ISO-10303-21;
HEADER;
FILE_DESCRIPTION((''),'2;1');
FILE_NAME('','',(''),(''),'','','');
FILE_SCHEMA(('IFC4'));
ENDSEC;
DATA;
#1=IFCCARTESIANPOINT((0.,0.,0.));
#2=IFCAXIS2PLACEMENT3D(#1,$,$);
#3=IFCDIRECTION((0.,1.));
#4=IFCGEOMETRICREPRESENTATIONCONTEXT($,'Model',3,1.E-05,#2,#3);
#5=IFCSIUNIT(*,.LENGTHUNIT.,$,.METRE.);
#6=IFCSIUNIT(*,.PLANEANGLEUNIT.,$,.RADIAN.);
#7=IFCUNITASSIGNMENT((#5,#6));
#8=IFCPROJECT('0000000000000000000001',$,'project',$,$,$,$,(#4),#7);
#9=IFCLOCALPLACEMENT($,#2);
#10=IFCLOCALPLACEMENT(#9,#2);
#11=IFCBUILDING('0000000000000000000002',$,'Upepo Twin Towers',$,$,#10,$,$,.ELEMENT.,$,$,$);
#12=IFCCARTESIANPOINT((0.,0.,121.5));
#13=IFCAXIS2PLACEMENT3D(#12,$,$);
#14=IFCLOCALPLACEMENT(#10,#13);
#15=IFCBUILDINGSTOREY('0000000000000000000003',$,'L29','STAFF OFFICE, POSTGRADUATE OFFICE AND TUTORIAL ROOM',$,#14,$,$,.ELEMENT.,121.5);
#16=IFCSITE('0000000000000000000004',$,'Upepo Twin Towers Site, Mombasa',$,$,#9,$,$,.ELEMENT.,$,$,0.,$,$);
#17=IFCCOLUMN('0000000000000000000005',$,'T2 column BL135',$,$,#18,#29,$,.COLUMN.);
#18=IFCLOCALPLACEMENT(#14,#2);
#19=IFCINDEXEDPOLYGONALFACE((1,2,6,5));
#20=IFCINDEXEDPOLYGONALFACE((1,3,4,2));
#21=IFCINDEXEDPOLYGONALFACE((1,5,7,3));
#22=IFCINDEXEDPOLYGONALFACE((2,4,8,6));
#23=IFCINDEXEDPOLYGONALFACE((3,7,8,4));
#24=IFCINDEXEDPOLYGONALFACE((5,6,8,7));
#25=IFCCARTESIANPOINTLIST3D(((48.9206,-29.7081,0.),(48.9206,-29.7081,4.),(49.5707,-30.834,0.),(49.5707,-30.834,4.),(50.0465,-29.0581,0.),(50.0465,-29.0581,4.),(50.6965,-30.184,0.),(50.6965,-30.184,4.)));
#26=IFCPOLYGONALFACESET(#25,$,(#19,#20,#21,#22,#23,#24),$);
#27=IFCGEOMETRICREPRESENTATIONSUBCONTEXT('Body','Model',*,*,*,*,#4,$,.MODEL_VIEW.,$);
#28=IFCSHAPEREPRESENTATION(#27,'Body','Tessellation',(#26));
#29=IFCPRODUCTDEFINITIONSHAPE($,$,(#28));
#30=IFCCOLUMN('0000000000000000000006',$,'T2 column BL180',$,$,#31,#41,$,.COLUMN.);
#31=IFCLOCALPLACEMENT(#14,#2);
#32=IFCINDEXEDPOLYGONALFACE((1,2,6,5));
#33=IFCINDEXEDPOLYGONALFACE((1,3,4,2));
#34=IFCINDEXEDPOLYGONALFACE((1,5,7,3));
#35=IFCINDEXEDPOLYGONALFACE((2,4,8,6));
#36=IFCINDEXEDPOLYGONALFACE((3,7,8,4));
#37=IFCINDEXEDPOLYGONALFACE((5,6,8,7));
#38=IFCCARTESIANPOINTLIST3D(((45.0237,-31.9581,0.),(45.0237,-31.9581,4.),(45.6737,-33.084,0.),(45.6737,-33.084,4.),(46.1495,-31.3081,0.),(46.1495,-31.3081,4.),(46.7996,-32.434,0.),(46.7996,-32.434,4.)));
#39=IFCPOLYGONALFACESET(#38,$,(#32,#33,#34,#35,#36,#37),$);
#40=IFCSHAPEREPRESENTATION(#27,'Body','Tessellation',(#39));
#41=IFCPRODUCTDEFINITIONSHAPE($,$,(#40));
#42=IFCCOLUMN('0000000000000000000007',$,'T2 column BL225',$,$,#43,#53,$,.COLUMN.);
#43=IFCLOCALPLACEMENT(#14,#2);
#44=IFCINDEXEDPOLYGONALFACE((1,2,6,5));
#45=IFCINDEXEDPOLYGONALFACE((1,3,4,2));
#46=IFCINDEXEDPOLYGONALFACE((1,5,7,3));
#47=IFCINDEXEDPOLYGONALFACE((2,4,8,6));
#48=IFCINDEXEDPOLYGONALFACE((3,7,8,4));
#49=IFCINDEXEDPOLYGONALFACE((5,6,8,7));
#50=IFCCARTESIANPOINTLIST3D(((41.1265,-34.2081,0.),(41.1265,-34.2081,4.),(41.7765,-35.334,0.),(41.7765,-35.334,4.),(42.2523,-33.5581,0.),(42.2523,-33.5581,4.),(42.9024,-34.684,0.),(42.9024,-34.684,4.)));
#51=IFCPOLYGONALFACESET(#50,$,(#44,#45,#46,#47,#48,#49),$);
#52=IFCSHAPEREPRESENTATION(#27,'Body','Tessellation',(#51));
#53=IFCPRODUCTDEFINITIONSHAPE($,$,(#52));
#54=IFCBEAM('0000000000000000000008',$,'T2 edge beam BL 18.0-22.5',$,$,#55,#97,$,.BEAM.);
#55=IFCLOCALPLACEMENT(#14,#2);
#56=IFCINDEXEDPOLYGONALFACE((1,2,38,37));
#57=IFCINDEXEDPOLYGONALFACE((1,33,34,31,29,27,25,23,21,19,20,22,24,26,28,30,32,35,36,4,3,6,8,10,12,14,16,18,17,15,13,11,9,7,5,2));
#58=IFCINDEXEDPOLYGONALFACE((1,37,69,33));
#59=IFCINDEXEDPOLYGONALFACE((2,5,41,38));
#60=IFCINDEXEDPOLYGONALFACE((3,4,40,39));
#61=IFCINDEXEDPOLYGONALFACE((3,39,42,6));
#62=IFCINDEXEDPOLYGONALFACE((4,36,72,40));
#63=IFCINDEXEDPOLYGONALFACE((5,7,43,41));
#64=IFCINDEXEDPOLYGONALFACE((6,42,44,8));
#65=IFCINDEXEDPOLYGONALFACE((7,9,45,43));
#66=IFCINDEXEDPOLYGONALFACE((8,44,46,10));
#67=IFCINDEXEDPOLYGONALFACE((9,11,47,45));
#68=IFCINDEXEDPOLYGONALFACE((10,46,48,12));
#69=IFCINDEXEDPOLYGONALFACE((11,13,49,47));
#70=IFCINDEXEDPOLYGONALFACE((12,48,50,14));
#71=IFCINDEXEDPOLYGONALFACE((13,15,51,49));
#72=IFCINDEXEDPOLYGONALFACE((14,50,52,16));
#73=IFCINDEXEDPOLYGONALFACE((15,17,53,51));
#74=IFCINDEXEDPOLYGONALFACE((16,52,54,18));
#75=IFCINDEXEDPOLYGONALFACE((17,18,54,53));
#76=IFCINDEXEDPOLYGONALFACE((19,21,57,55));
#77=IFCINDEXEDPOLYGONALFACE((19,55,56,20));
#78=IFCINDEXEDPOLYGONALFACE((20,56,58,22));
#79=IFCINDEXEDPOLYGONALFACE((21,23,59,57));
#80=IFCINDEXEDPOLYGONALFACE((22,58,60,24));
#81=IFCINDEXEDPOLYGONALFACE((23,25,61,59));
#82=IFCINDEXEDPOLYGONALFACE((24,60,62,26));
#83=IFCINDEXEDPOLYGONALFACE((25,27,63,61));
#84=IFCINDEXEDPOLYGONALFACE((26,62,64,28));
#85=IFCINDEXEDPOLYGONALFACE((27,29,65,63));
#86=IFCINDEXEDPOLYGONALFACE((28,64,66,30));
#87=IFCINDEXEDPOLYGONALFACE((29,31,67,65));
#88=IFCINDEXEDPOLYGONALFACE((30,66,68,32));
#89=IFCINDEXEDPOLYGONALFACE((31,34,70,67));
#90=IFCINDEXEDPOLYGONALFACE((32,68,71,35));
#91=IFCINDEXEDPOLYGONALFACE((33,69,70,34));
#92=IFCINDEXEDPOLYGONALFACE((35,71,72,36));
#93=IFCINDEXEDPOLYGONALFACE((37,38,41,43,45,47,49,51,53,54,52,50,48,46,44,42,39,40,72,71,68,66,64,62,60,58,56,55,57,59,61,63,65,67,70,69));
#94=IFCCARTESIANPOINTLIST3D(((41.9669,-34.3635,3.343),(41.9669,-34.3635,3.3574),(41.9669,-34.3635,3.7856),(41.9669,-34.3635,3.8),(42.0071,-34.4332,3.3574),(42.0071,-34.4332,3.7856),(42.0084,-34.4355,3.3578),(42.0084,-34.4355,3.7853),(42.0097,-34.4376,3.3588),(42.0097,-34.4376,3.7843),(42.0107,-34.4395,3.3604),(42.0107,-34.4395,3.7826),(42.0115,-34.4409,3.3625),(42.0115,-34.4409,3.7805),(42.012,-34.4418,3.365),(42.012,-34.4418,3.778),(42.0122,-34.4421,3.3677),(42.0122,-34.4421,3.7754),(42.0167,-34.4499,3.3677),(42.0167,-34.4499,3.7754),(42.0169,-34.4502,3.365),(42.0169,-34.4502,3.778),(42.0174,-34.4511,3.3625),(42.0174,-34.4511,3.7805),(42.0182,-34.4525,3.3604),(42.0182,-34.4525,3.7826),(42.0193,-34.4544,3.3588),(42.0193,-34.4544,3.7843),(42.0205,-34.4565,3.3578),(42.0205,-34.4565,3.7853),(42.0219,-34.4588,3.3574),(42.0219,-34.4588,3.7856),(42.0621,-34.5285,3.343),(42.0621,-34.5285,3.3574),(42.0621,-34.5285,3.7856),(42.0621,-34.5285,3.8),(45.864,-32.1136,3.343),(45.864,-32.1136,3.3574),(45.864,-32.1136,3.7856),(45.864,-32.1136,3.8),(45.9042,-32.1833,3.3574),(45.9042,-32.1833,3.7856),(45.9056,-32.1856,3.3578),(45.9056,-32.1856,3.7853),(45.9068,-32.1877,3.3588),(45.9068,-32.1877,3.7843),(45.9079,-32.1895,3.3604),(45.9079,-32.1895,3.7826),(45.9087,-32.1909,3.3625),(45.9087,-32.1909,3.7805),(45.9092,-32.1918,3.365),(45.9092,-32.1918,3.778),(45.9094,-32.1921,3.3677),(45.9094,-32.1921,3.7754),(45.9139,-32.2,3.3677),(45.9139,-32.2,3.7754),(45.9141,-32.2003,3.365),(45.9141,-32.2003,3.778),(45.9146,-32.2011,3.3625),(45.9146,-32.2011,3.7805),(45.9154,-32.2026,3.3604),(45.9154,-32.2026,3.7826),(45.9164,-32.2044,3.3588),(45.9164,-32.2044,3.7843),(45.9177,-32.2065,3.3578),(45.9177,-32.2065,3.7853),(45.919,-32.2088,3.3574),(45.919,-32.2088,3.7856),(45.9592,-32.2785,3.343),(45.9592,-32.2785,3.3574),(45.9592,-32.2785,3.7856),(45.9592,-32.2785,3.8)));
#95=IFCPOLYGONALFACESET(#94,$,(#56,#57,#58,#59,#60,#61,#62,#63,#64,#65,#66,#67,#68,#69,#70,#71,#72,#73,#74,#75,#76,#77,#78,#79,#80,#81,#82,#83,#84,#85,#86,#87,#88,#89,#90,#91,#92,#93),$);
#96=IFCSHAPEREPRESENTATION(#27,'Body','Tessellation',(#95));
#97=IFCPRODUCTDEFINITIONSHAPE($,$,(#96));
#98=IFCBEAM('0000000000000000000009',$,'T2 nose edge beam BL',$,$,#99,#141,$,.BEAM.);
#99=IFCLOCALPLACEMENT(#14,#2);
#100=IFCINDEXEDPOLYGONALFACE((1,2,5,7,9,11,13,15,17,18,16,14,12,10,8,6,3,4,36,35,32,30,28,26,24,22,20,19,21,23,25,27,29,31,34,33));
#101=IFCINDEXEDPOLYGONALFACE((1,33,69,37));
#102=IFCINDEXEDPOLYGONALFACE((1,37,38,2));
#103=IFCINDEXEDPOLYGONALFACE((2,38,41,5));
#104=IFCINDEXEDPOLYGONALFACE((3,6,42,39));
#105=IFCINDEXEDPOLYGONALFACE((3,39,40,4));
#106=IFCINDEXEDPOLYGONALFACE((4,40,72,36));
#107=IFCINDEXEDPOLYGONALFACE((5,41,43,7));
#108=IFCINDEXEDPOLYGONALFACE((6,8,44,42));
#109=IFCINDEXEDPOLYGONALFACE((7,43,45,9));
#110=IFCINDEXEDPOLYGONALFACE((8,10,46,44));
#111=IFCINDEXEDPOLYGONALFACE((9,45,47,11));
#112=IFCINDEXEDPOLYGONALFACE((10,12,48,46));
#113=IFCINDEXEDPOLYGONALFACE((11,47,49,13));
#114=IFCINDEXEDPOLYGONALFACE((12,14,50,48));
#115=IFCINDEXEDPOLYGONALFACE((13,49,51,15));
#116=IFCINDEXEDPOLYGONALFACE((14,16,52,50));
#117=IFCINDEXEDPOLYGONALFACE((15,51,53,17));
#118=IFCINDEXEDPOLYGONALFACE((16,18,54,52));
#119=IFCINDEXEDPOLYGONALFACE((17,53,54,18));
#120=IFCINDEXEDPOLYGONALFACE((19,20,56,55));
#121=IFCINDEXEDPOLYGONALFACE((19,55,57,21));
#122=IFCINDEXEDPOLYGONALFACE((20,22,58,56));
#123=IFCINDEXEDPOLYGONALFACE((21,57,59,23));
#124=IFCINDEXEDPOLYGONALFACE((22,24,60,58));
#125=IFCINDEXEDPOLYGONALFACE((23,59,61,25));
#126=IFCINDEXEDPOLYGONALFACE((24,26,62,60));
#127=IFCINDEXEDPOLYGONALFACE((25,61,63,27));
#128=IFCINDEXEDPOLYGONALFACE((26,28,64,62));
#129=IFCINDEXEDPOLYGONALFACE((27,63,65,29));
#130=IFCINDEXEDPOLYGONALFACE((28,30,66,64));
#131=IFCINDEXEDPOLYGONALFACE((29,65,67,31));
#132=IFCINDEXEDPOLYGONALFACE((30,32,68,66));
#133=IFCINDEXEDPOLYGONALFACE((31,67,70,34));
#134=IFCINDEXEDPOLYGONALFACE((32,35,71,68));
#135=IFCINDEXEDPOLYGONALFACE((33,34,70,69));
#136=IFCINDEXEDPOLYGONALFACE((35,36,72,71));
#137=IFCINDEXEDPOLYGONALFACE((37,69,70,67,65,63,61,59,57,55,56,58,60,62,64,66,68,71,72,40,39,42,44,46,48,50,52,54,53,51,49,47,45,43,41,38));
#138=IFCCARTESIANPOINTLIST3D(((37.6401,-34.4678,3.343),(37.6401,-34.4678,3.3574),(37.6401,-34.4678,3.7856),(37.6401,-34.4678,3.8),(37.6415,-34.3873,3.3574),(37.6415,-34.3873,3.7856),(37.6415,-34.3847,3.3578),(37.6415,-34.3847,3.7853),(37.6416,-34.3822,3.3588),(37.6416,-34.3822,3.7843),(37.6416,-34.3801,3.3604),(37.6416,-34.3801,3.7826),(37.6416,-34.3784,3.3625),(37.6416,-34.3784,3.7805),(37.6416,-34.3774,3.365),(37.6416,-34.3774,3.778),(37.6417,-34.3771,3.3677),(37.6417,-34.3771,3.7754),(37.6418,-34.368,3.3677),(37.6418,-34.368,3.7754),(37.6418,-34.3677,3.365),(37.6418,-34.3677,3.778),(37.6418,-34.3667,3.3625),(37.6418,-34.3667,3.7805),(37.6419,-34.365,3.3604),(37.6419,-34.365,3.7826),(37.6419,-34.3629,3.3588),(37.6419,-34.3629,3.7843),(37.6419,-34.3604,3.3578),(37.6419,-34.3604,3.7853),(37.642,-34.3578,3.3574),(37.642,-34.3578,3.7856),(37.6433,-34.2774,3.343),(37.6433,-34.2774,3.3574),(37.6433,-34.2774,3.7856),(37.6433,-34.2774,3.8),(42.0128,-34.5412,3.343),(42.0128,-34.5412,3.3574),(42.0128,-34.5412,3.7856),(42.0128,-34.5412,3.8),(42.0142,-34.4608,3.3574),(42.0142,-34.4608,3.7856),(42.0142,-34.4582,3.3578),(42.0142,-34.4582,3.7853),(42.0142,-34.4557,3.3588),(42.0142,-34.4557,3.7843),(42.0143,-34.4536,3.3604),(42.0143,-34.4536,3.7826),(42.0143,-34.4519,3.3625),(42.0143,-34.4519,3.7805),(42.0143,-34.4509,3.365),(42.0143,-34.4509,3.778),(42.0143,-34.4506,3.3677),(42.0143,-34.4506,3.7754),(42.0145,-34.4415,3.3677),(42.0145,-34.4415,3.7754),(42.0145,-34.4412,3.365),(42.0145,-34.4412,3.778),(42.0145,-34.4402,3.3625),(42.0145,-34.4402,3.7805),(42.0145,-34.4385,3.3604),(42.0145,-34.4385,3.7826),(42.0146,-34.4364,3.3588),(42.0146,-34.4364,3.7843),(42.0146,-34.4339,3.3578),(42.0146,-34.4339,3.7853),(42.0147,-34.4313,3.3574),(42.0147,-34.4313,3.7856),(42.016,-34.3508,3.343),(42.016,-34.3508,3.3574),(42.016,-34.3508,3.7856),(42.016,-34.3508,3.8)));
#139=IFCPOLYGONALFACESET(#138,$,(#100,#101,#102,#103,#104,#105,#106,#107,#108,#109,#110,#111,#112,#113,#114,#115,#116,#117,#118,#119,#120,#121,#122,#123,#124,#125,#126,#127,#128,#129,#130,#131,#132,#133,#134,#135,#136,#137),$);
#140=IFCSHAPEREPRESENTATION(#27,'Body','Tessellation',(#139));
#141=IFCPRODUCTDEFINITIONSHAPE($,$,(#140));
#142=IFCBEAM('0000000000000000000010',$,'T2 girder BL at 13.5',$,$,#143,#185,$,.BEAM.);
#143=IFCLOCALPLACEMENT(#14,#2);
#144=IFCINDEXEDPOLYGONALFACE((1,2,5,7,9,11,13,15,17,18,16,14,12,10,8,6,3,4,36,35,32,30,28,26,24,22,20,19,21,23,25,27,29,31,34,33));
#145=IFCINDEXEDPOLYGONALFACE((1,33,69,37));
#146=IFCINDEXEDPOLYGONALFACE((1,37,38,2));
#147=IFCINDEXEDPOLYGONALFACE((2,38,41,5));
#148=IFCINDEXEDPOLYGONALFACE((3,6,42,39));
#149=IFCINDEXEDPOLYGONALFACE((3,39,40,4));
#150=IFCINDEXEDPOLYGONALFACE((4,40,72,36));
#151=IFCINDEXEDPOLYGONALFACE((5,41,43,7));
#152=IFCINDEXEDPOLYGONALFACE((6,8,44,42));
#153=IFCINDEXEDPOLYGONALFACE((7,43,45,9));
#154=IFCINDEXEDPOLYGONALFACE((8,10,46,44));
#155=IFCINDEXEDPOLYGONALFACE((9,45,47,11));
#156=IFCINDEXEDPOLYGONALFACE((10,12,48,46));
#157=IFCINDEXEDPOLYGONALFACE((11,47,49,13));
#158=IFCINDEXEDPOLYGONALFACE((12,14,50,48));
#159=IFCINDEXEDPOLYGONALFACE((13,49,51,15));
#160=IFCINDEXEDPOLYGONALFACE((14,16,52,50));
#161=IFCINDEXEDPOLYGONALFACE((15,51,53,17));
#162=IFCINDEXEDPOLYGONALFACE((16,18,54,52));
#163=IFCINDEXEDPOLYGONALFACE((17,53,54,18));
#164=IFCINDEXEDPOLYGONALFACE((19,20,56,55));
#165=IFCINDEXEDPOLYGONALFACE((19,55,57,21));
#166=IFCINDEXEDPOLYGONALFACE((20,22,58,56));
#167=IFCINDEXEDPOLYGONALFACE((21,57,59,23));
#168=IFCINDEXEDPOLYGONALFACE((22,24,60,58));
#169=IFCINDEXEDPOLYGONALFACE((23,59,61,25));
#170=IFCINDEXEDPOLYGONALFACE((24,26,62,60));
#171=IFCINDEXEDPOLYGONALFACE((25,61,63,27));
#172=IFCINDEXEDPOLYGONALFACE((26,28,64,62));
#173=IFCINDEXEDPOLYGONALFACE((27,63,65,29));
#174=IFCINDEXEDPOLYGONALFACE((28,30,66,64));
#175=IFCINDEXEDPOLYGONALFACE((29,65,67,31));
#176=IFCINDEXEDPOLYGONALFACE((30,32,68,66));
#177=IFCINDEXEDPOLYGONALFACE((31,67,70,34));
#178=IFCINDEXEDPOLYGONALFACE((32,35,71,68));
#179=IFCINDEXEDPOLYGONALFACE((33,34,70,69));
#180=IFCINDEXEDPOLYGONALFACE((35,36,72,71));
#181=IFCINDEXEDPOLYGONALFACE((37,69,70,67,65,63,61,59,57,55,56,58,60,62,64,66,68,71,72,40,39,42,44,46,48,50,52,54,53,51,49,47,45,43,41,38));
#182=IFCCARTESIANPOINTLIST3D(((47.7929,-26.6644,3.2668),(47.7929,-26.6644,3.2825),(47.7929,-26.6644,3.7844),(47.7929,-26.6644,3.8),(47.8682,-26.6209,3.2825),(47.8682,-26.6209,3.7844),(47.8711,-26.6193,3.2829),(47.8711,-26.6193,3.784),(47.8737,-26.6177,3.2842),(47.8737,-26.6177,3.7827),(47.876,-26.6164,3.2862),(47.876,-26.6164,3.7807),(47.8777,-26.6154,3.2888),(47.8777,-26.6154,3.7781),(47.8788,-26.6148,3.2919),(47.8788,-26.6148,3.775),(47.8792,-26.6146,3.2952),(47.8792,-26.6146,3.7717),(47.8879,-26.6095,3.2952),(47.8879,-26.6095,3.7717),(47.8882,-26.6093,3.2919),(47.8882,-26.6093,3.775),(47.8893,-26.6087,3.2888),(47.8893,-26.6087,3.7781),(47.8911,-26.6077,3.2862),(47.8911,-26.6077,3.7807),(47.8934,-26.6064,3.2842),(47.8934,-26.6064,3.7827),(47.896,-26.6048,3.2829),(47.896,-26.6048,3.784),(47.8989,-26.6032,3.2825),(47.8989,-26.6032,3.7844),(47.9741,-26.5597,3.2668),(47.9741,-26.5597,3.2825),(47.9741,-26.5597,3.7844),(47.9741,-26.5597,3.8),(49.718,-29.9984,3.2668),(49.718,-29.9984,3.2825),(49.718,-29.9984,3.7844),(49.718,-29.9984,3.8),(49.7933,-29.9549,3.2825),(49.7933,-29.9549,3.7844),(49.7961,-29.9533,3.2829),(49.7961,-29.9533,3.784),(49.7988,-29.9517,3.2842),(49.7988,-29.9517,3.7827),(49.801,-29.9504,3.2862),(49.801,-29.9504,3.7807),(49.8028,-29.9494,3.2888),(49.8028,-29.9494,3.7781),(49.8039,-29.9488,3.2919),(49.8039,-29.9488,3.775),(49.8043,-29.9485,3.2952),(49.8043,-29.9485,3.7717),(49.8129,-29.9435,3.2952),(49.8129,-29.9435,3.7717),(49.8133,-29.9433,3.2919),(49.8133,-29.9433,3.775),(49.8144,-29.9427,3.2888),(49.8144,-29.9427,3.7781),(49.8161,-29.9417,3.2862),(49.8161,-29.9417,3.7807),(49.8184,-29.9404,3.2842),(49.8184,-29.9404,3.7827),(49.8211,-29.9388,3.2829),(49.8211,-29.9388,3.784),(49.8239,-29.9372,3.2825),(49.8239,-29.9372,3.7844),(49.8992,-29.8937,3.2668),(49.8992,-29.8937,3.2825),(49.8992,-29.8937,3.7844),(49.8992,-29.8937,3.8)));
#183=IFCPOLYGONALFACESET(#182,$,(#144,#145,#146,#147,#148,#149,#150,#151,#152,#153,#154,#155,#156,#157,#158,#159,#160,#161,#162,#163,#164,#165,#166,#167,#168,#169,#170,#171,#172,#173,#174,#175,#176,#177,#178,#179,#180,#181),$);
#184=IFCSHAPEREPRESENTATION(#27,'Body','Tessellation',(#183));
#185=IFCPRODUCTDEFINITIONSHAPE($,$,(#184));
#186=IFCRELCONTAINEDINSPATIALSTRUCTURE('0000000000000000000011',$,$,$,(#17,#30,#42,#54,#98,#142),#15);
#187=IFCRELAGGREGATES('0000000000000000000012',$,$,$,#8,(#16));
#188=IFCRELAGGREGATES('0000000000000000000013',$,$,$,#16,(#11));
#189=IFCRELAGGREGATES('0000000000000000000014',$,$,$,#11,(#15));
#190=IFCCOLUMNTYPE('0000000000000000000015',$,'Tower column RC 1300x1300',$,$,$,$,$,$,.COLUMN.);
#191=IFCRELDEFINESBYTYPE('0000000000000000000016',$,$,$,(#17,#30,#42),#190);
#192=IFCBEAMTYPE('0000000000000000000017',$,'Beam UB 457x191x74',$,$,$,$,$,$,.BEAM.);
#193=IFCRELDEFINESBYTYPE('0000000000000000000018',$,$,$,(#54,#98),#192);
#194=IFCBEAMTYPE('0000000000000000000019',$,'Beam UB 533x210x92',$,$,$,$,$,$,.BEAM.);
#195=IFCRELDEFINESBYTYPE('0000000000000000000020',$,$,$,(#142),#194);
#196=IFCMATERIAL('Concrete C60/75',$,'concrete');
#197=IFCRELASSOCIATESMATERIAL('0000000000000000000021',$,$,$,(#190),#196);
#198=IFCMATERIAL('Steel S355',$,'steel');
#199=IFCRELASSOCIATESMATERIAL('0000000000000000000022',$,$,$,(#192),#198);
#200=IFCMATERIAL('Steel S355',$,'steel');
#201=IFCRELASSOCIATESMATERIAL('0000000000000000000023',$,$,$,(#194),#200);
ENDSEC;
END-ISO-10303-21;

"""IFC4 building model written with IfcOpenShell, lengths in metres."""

from ifc_helpers import new_model, si_unit, direction, frame, origin, origin_2d, place, context, subcontext, project, spatial, rectangle, i_section, extrude, material, material_profile, profile_set, type_object, element, save


model = new_model("IFC4")

# Units and contexts
model_context = context("Model", 3, precision=1e-05, world=origin(), true_north=direction((0.0, 1.0)))
body_context = subcontext(model_context, "Body", "Model", "MODEL_VIEW")
ifc_project = project(units=[si_unit("LENGTHUNIT", "METRE"), si_unit("PLANEANGLEUNIT", "RADIAN")], contexts=[model_context])

# Site, building, storey
site_placement = place(None, origin())
site = spatial("IfcSite", under=ifc_project, at=site_placement, Name="Upepo Twin Towers Site, Mombasa", CompositionType="ELEMENT", RefElevation=0.0)
building_placement = place(site_placement, origin())
building = spatial("IfcBuilding", under=site, at=building_placement, Name="Upepo Twin Towers", CompositionType="ELEMENT")
storey_placement = place(building_placement, frame((0.0, 0.0, 121.5)))
storey = spatial("IfcBuildingStorey", under=building, at=storey_placement, Name="L29", Description="STAFF OFFICE, POSTGRADUATE OFFICE AND TUTORIAL ROOM", CompositionType="ELEMENT", Elevation=121.5)

# Columns
ifc_material_1 = material(Name="Concrete C60/75", Category="concrete")
ifc_material_profile_1 = material_profile(ifc_material_1, rectangle(XDim=1.3, YDim=1.3, at=origin_2d()), Name="RC 1300x1300")
ifc_profile_set_1 = profile_set([ifc_material_profile_1], Name="Concrete C60/75")
column_type = type_object("IfcColumnType", Name="Tower column RC 1300x1300", PredefinedType="COLUMN", material=ifc_profile_set_1)
for number, where, z_axis, x_axis, name in (
    (1, (49.8086, -29.946, 0.0), (0.0, 0.0, 1.0), (0.866025, 0.5, 0.0), "T2 column BL135"),
    (2, (45.9116, -32.196, 0.0), (0.0, 0.0, 1.0), (0.866025, 0.5, 0.0), "T2 column BL180"),
    (3, (42.0144, -34.446, 0.0), (0.0, 0.0, 1.0), (0.866025, 0.5, 0.0), "T2 column BL225"),
):
    element("IfcColumn", number, at=place(storey_placement, frame(where, z_axis=z_axis, x_axis=x_axis)), inside=storey, type_object=column_type, Name=name, PredefinedType="COLUMN", context=body_context, shape_type="SweptSolid", body=[
        extrude(rectangle(XDim=1.3, YDim=1.3, at=origin_2d()), origin(), (0.0, 0.0, 1.0), 4.0),
    ])

# Beams
ifc_material_2 = material(Name="Steel S355", Category="steel")
ifc_material_profile_2 = material_profile(ifc_material_2, i_section(OverallWidth=0.1904, OverallDepth=0.457, WebThickness=0.009, FlangeThickness=0.0144, FilletRadius=0.0103, at=origin_2d()), Name="UB 457x191x74")
ifc_profile_set_2 = profile_set([ifc_material_profile_2], Name="Steel S355")
beam_type_1 = type_object("IfcBeamType", Name="Beam UB 457x191x74", PredefinedType="BEAM", material=ifc_profile_set_2)
beam_1_placement = place(storey_placement, frame((45.9116, -32.196, 3.5715), z_axis=(-0.866031, -0.49999, 0.0), x_axis=(0.49999, -0.866031, 0.0)))
element("IfcBeam", 4, at=beam_1_placement, inside=storey, type_object=beam_type_1, Name="T2 edge beam BL 18.0-22.5", PredefinedType="BEAM", context=body_context, shape_type="SweptSolid", body=[
    extrude(i_section(OverallWidth=0.1904, OverallDepth=0.457, WebThickness=0.009, FlangeThickness=0.0144, FilletRadius=0.0103, at=origin_2d()), origin(), (0.0, 0.0, 1.0), 4.5),
])
beam_2_placement = place(storey_placement, frame((42.0144, -34.446, 3.5715), z_axis=(-0.999859, 0.016804, 0.0), x_axis=(-0.016804, -0.999859, 0.0)))
element("IfcBeam", 5, at=beam_2_placement, inside=storey, type_object=beam_type_1, Name="T2 nose edge beam BL", PredefinedType="BEAM", context=body_context, shape_type="SweptSolid", body=[
    extrude(i_section(OverallWidth=0.1904, OverallDepth=0.457, WebThickness=0.009, FlangeThickness=0.0144, FilletRadius=0.0103, at=origin_2d()), origin(), (0.0, 0.0, 1.0), 4.3733),
])
ifc_material_3 = material(Name="Steel S355", Category="steel")
ifc_material_profile_3 = material_profile(ifc_material_3, i_section(OverallWidth=0.2092, OverallDepth=0.5332, WebThickness=0.01, FlangeThickness=0.0156, FilletRadius=0.0127, at=origin_2d()), Name="UB 533x210x92")
ifc_profile_set_3 = profile_set([ifc_material_profile_3], Name="Steel S355")
beam_type_2 = type_object("IfcBeamType", Name="Beam UB 533x210x92", PredefinedType="BEAM", material=ifc_profile_set_3)
for number, where, z_axis, x_axis, name in (
    (6, (49.8086, -29.946, 3.5334), (-0.500034, 0.866006, 0.0), (-0.866006, -0.500034, 0.0), "T2 girder BL at 13.5"),
):
    element("IfcBeam", number, at=place(storey_placement, frame(where, z_axis=z_axis, x_axis=x_axis)), inside=storey, type_object=beam_type_2, Name=name, PredefinedType="BEAM", context=body_context, shape_type="SweptSolid", body=[
        extrude(i_section(OverallWidth=0.2092, OverallDepth=0.5332, WebThickness=0.01, FlangeThickness=0.0156, FilletRadius=0.0127, at=origin_2d()), origin(), (0.0, 0.0, 1.0), 3.8499),
    ])

save(model, "model.ifc")
